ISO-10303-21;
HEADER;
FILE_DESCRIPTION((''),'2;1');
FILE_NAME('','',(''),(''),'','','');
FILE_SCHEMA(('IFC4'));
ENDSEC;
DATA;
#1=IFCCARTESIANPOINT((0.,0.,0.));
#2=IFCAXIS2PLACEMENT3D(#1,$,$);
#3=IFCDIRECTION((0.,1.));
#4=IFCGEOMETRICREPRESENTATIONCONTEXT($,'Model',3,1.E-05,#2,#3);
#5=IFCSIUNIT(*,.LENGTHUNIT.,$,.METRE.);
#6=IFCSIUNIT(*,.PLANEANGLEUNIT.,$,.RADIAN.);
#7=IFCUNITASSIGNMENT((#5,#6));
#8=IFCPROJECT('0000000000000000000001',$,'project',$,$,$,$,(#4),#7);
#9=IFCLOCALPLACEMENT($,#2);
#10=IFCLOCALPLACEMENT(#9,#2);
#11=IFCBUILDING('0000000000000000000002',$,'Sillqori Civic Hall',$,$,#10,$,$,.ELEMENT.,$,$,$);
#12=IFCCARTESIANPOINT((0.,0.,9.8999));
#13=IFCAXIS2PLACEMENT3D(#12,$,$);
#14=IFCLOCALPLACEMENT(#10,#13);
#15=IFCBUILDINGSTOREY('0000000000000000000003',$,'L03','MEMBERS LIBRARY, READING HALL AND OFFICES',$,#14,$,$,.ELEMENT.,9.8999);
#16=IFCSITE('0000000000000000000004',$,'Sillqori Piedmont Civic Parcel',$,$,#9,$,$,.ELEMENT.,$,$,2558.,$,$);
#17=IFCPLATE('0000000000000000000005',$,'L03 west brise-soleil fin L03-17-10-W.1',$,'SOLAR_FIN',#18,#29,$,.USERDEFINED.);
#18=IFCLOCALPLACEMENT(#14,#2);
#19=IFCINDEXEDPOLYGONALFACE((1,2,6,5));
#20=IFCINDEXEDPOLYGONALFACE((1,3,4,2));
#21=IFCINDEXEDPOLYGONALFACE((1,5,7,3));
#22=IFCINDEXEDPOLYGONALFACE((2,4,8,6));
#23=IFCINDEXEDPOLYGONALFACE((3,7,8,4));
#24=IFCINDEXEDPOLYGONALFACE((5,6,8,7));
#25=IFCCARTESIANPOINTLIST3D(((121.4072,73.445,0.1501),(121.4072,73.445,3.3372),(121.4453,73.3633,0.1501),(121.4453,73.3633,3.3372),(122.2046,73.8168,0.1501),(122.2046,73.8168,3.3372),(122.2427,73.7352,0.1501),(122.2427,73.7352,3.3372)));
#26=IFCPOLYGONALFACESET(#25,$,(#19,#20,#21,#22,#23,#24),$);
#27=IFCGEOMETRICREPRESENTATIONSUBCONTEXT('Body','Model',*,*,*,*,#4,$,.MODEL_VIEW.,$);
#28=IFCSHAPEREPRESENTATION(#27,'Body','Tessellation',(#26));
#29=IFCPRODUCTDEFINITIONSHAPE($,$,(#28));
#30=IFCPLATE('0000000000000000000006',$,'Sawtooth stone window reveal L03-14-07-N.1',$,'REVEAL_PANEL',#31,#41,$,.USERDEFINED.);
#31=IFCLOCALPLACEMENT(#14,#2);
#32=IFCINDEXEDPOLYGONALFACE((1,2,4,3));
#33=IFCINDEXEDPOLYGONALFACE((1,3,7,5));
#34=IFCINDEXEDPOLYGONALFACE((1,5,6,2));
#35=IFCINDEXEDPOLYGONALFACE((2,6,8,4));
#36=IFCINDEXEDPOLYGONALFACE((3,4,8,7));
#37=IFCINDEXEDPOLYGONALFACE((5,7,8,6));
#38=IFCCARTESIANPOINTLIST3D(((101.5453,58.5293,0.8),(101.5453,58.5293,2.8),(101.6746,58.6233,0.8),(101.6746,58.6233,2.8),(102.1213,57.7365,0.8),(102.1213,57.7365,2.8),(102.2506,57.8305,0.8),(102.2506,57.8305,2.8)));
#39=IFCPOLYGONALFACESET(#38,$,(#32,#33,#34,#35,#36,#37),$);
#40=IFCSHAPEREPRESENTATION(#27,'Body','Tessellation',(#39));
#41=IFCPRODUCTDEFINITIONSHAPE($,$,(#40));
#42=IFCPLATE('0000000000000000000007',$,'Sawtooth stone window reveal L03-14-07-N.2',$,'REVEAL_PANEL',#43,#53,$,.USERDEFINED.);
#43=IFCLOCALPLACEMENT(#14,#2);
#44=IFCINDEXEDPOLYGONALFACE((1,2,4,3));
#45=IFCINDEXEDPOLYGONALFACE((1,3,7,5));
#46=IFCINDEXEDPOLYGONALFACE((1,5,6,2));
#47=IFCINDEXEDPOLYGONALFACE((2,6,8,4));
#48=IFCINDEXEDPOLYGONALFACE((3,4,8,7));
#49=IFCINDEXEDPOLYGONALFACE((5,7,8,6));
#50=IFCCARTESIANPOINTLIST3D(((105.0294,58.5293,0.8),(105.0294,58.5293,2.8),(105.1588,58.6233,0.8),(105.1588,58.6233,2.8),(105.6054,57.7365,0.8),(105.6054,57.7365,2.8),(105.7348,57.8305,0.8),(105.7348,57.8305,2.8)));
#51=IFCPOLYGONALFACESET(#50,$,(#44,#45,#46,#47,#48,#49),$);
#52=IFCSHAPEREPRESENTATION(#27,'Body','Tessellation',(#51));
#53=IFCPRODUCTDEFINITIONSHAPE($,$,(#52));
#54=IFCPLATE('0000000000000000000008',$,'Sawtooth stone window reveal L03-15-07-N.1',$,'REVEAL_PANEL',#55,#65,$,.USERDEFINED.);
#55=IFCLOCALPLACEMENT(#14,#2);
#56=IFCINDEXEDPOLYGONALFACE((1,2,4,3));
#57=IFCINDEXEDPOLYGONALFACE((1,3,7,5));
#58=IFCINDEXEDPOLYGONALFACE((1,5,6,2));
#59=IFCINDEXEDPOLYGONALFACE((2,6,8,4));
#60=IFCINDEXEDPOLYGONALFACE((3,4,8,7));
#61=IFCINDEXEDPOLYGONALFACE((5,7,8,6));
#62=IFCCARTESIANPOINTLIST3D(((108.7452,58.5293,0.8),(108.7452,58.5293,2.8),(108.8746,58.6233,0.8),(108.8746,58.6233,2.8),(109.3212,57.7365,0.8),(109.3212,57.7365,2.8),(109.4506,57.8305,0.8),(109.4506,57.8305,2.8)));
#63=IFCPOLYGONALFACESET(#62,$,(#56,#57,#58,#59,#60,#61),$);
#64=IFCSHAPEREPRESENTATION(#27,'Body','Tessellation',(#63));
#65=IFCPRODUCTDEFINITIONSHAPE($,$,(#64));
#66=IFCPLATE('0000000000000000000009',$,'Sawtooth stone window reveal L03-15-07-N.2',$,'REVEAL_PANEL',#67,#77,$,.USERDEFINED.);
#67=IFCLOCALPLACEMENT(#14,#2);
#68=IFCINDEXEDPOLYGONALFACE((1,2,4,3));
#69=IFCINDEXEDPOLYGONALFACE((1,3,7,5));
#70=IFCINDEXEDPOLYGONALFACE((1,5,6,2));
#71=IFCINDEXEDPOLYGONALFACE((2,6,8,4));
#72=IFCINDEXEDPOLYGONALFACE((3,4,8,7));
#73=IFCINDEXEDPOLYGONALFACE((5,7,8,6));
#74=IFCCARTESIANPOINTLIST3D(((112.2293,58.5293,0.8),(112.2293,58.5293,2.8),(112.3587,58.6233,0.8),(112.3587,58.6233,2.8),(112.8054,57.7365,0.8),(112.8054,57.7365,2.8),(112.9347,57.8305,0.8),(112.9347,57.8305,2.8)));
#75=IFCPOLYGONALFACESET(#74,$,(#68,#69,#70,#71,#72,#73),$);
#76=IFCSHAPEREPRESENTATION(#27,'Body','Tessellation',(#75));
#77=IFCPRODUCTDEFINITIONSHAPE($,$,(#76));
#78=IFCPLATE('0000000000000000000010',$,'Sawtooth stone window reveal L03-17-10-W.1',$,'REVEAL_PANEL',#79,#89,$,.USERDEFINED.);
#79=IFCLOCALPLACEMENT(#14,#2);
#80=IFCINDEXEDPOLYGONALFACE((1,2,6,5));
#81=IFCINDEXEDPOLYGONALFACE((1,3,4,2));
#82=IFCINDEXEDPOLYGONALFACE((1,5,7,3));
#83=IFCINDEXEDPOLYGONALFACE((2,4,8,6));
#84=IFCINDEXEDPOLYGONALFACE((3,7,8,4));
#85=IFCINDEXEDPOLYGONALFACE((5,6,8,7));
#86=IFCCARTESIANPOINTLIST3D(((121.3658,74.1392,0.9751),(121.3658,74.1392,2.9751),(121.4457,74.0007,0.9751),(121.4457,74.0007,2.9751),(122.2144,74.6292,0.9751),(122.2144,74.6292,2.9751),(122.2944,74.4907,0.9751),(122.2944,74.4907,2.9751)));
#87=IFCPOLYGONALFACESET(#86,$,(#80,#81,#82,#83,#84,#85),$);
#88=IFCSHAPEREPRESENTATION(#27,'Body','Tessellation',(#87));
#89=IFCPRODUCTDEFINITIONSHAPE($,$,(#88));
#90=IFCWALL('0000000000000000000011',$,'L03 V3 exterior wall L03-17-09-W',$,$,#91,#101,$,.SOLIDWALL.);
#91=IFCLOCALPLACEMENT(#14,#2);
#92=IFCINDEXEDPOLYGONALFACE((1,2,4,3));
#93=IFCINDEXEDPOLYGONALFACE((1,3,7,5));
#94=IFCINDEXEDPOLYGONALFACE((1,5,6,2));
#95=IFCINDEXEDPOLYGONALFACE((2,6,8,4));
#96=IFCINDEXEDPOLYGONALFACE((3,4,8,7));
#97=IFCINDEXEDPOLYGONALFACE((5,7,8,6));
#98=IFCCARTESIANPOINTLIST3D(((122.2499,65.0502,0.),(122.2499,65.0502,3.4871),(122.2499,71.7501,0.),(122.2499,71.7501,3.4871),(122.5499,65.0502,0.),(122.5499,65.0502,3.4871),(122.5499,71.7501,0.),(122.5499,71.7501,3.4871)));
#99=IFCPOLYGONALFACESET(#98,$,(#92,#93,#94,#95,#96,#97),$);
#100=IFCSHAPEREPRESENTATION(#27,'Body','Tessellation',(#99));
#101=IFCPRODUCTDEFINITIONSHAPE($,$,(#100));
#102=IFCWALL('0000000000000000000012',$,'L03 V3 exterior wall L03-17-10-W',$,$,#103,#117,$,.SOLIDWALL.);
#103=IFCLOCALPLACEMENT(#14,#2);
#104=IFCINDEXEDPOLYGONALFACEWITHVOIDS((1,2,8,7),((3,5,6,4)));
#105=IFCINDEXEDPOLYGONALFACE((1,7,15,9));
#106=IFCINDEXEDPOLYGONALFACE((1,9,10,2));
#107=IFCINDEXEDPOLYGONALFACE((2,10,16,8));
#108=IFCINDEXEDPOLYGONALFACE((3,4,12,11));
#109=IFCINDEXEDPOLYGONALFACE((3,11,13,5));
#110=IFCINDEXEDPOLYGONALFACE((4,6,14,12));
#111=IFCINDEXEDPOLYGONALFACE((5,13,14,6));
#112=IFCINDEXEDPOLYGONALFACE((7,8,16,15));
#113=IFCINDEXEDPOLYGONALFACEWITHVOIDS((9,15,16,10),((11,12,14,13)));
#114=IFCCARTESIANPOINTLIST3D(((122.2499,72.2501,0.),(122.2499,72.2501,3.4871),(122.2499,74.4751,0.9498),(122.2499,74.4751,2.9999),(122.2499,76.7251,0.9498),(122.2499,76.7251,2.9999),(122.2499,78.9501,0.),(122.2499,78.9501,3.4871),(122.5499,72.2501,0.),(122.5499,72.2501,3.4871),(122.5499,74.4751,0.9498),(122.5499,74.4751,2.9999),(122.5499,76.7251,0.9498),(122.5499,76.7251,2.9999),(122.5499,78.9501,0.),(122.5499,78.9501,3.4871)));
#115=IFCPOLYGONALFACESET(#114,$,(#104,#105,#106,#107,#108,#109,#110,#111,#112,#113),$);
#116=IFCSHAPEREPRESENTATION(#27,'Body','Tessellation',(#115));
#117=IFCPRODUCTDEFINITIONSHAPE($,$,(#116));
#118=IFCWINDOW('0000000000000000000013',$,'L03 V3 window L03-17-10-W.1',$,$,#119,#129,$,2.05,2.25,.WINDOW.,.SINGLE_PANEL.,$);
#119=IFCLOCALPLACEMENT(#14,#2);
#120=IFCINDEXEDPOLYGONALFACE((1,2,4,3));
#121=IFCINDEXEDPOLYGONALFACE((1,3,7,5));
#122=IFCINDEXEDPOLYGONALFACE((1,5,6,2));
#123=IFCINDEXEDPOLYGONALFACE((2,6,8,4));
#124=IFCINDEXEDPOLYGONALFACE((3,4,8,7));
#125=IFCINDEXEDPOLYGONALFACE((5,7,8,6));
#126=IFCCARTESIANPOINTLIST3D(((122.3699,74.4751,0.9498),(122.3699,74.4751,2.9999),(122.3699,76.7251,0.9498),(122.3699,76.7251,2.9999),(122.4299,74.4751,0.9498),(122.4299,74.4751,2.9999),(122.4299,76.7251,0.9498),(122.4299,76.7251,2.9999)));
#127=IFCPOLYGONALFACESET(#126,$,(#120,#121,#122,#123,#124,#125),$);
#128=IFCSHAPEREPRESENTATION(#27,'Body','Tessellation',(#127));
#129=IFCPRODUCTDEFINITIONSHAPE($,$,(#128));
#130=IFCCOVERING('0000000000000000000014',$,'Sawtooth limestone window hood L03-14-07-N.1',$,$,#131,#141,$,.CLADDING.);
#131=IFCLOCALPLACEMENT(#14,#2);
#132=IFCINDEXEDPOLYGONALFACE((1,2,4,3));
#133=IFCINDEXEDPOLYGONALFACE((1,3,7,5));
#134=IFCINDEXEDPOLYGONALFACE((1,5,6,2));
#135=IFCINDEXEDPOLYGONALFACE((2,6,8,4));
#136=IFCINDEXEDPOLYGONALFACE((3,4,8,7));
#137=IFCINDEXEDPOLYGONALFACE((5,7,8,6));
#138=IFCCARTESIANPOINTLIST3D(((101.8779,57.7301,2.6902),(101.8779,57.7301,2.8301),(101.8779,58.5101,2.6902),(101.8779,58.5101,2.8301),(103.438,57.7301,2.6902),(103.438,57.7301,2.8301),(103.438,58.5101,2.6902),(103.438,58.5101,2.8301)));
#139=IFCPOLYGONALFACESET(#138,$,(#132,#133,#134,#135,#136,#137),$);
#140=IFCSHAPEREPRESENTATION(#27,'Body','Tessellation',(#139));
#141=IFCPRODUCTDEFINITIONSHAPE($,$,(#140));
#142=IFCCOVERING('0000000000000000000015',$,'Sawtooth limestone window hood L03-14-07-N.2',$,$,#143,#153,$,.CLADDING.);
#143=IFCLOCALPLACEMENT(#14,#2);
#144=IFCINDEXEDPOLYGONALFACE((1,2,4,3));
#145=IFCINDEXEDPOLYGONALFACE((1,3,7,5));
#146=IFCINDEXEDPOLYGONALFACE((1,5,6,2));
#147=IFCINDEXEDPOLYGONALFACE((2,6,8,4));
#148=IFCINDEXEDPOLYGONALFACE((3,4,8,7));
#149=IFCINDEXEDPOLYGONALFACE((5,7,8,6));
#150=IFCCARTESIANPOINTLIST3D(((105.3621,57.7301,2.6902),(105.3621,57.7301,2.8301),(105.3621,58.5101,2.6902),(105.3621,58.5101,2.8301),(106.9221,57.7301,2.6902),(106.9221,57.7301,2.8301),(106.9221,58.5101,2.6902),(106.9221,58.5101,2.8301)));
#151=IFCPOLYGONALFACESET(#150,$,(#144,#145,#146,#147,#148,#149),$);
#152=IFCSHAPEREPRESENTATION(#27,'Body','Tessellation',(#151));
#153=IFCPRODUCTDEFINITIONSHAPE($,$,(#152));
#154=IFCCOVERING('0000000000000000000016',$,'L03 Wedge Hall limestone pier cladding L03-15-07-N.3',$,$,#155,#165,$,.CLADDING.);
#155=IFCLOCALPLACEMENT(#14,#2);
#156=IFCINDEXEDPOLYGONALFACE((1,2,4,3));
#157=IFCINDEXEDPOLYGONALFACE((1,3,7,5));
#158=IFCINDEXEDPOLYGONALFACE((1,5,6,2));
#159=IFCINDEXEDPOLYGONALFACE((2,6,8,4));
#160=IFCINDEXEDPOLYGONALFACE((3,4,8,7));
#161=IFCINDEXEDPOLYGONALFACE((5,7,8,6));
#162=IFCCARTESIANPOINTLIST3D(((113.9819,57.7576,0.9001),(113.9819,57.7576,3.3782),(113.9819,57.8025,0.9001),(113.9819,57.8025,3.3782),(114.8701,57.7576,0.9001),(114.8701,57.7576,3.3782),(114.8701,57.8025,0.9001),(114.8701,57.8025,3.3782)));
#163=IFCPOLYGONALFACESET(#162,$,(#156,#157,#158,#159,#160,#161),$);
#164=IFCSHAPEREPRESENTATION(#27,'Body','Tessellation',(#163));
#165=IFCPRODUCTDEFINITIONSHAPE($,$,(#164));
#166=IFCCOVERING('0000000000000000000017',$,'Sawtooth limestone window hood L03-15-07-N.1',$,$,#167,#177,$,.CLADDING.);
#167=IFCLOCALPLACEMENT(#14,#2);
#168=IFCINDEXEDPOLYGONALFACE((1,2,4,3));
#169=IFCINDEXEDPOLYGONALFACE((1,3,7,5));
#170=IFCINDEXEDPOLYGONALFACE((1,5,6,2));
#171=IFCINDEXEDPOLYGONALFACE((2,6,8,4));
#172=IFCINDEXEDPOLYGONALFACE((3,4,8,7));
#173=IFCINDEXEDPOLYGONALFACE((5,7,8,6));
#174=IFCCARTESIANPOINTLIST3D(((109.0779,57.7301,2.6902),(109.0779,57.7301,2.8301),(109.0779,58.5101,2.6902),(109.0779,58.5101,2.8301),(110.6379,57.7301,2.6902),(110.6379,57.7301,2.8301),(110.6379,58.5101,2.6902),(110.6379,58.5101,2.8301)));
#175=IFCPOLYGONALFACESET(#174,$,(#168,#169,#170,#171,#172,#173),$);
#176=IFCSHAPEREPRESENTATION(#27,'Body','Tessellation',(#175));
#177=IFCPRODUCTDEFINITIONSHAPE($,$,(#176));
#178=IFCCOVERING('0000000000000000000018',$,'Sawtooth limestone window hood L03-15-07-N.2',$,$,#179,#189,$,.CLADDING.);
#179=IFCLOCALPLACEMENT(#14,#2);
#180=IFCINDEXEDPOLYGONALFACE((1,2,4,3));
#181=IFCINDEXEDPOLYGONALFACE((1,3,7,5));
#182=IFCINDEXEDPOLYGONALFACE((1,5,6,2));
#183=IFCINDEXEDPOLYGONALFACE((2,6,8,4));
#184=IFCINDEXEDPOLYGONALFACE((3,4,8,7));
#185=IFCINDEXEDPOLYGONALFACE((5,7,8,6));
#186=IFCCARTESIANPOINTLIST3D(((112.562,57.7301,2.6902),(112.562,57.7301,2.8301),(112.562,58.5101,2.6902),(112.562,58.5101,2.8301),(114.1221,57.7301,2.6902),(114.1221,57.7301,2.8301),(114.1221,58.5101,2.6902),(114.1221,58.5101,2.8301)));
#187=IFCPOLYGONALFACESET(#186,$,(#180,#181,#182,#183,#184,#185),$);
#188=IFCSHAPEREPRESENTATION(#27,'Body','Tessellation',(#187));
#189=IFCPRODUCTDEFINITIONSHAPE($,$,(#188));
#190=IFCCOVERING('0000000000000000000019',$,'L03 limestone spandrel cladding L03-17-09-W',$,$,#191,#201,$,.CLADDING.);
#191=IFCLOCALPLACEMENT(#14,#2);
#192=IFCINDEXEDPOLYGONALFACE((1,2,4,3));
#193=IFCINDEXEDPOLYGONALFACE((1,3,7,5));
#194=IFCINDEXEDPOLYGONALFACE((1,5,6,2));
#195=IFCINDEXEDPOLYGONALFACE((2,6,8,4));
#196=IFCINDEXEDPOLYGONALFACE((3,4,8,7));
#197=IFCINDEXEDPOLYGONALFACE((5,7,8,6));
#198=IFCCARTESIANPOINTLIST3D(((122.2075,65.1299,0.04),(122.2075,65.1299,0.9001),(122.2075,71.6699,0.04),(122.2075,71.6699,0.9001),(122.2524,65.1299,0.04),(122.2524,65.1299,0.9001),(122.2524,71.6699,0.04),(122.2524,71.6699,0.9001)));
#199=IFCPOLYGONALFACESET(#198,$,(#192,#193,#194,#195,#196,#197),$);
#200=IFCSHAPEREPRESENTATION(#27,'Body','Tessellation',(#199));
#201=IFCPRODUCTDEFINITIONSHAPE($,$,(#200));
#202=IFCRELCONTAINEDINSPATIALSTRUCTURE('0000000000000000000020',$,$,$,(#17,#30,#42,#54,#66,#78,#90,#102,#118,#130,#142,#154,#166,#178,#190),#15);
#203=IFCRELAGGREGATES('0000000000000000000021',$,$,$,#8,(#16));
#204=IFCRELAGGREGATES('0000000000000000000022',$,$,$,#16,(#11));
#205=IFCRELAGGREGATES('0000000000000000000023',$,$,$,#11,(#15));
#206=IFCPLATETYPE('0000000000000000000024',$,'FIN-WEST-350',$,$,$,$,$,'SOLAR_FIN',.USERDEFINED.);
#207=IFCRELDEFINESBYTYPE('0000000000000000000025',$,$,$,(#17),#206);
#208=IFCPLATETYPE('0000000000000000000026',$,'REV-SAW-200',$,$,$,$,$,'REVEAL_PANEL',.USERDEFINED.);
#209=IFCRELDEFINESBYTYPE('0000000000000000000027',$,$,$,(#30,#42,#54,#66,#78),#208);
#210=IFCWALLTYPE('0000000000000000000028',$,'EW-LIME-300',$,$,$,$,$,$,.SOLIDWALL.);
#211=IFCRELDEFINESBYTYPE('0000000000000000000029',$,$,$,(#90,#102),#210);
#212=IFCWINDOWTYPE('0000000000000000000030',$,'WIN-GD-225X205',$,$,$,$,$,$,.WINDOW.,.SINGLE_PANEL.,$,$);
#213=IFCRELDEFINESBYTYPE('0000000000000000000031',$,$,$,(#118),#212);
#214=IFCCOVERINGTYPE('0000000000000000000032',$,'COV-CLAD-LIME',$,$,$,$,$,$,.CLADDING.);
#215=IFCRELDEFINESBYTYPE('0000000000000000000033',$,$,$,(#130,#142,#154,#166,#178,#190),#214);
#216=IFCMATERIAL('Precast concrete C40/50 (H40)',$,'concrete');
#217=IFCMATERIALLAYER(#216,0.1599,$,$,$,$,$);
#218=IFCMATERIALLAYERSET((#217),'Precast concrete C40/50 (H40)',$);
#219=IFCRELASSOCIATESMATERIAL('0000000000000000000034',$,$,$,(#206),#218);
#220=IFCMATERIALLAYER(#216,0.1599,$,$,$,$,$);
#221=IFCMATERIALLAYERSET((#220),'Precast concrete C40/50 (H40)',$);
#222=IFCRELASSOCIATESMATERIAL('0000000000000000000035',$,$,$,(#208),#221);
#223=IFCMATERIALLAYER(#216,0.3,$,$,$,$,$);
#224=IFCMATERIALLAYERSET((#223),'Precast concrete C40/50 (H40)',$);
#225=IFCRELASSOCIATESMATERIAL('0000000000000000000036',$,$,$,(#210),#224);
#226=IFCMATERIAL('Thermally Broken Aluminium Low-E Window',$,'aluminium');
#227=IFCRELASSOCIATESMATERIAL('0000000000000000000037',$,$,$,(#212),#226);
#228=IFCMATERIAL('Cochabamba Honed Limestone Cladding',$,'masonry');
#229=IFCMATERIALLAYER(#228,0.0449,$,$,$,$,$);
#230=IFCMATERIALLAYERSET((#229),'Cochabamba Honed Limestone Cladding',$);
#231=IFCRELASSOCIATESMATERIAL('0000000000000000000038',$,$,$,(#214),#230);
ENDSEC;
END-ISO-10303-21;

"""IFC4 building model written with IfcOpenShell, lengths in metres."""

from ifc_helpers import new_model, si_unit, direction, frame, frame_2d, origin, origin_2d, place, context, subcontext, project, spatial, rectangle, extrude, material, layer, layer_set, type_object, element, fill, save


model = new_model("IFC4")

# Units and contexts
model_context = context("Model", 3, precision=1e-05, world=origin(), true_north=direction((0.0, 1.0)))
body_context = subcontext(model_context, "Body", "Model", "MODEL_VIEW")
ifc_project = project(units=[si_unit("LENGTHUNIT", "METRE"), si_unit("PLANEANGLEUNIT", "RADIAN")], contexts=[model_context])

# Site, building, storey
site_placement = place(None, origin())
site = spatial("IfcSite", under=ifc_project, at=site_placement, Name="Sillqori Piedmont Civic Parcel", CompositionType="ELEMENT", RefElevation=2558.0)
building_placement = place(site_placement, origin())
building = spatial("IfcBuilding", under=site, at=building_placement, Name="Sillqori Civic Hall", CompositionType="ELEMENT")
storey_placement = place(building_placement, frame((0.0, 0.0, 9.8999)))
storey = spatial("IfcBuildingStorey", under=building, at=storey_placement, Name="L03", Description="MEMBERS LIBRARY, READING HALL AND OFFICES", CompositionType="ELEMENT", Elevation=9.8999)

# Plates
ifc_material_1 = material(Name="Precast concrete C40/50 (H40)", Category="concrete")
ifc_layer_1 = layer(ifc_material_1, 0.1599)
ifc_layer_set_1 = layer_set([ifc_layer_1], Name="Precast concrete C40/50 (H40)")
plate_type_1 = type_object("IfcPlateType", Name="FIN-WEST-350", ElementType="SOLAR_FIN", PredefinedType="USERDEFINED", material=ifc_layer_set_1)
for number, where, z_axis, x_axis, name in (
    (1, (121.825, 73.5901, 0.1501), (0.0, 0.0, 1.0), (-0.422618, 0.906308, 0.0), "L03 west brise-soleil fin L03-17-10-W.1"),
):
    element("IfcPlate", number, at=place(storey_placement, frame(where, z_axis=z_axis, x_axis=x_axis)), inside=storey, type_object=plate_type_1, Name=name, ObjectType="SOLAR_FIN", PredefinedType="USERDEFINED", context=body_context, shape_type="SweptSolid", body=[
        extrude(rectangle(XDim=0.0901, YDim=0.8799, at=origin_2d()), origin(), (0.0, 0.0, 1.0), 3.187),
    ])
ifc_layer_2 = layer(ifc_material_1, 0.1599)
ifc_layer_set_2 = layer_set([ifc_layer_2], Name="Precast concrete C40/50 (H40)")
plate_type_2 = type_object("IfcPlateType", Name="REV-SAW-200", ElementType="REVEAL_PANEL", PredefinedType="USERDEFINED", material=ifc_layer_set_2)
for number, where, z_axis, x_axis, name in (
    (2, (101.8979, 58.1799, 0.8), (0.0, 0.0, 1.0), (0.809017, 0.587785, 0.0), "Sawtooth stone window reveal L03-14-07-N.1"),
    (3, (105.3821, 58.1799, 0.8), (0.0, 0.0, 1.0), (0.809017, 0.587785, 0.0), "Sawtooth stone window reveal L03-14-07-N.2"),
    (4, (109.0979, 58.1799, 0.8), (0.0, 0.0, 1.0), (0.809017, 0.587785, 0.0), "Sawtooth stone window reveal L03-15-07-N.1"),
    (5, (112.582, 58.1799, 0.8), (0.0, 0.0, 1.0), (0.809017, 0.587785, 0.0), "Sawtooth stone window reveal L03-15-07-N.2"),
    (6, (121.8301, 74.3149, 0.9751), (0.0, 0.0, 1.0), (-0.5, 0.866025, 0.0), "Sawtooth stone window reveal L03-17-10-W.1"),
):
    element("IfcPlate", number, at=place(storey_placement, frame(where, z_axis=z_axis, x_axis=x_axis)), inside=storey, type_object=plate_type_2, Name=name, ObjectType="REVEAL_PANEL", PredefinedType="USERDEFINED", context=body_context, shape_type="SweptSolid", body=[
        extrude(rectangle(XDim=0.1599, YDim=0.98, at=origin_2d()), origin(), (0.0, 0.0, 1.0), 2.0),
    ])

# Wall
ifc_layer_3 = layer(ifc_material_1, 0.3)
ifc_layer_set_3 = layer_set([ifc_layer_3], Name="Precast concrete C40/50 (H40)")
wall_type = type_object("IfcWallType", Name="EW-LIME-300", PredefinedType="SOLIDWALL", material=ifc_layer_set_3)
wall_1_placement = place(storey_placement, frame((122.3999, 65.05, 0.0), z_axis=(0.0, 0.0, 1.0), x_axis=(0.0, 1.0, 0.0)))
element("IfcWall", 7, at=wall_1_placement, inside=storey, type_object=wall_type, Name="L03 V3 exterior wall L03-17-09-W", PredefinedType="SOLIDWALL", context=body_context, shape_type="SweptSolid", body=[
    extrude(rectangle(XDim=6.7, YDim=0.3, at=frame_2d((3.3501, 0.0))), origin(), (0.0, 0.0, 1.0), 3.4871),
])

# Wall, opening, window
wall_2_placement = place(storey_placement, frame((122.3999, 72.25, 0.0), z_axis=(0.0, 0.0, 1.0), x_axis=(0.0, 1.0, 0.0)))
wall_2 = element("IfcWall", 8, at=wall_2_placement, inside=storey, type_object=wall_type, Name="L03 V3 exterior wall L03-17-10-W", PredefinedType="SOLIDWALL", context=body_context, shape_type="SweptSolid", body=[
    extrude(rectangle(XDim=6.7, YDim=0.3, at=frame_2d((3.3501, 0.0))), origin(), (0.0, 0.0, 1.0), 3.4871),
])
opening_placement = place(wall_2_placement, frame((2.2251, 0.0, 0.95)))
opening = element("IfcOpeningElement", 9, at=opening_placement, cuts=wall_2, PredefinedType="OPENING", context=body_context, shape_type="SweptSolid", body=[
    extrude(rectangle(XDim=2.25, YDim=2.05, at=frame_2d((1.125, 1.0249))), frame((0.0, 0.1599, 0.0), z_axis=(0.0, -1.0, 0.0), x_axis=(1.0, 0.0, 0.0)), (0.0, 0.0, 1.0), 0.3201),
])
ifc_material_2 = material(Name="Thermally Broken Aluminium Low-E Window", Category="aluminium")
window_type = type_object("IfcWindowType", Name="WIN-GD-225X205", PartitioningType="SINGLE_PANEL", PredefinedType="WINDOW", material=ifc_material_2)
window_placement = place(opening_placement, origin())
window = element("IfcWindow", 10, at=window_placement, inside=storey, type_object=window_type, Name="L03 V3 window L03-17-10-W.1", OverallHeight=2.05, OverallWidth=2.25, PartitioningType="SINGLE_PANEL", PredefinedType="WINDOW", context=body_context, shape_type="SweptSolid", body=[
    extrude(rectangle(XDim=2.25, YDim=2.05, at=frame_2d((1.125, 1.0249))), frame((0.0, 0.03, 0.0), z_axis=(0.0, -1.0, 0.0), x_axis=(1.0, 0.0, 0.0)), (0.0, 0.0, 1.0), 0.0601),
])
fill(opening, window)

# Coverings
ifc_material_3 = material(Name="Cochabamba Honed Limestone Cladding", Category="masonry")
ifc_layer_4 = layer(ifc_material_3, 0.0449)
ifc_layer_set_4 = layer_set([ifc_layer_4], Name="Cochabamba Honed Limestone Cladding")
covering_type = type_object("IfcCoveringType", Name="COV-CLAD-LIME", PredefinedType="CLADDING", material=ifc_layer_set_4)
for number, where, z_axis, x_axis, name in (
    (11, (101.8779, 58.1201, 2.6902), (0.0, 0.0, 1.0), (1.0, 0.0, 0.0), "Sawtooth limestone window hood L03-14-07-N.1"),
    (12, (105.3621, 58.1201, 2.6902), (0.0, 0.0, 1.0), (1.0, 0.0, 0.0), "Sawtooth limestone window hood L03-14-07-N.2"),
):
    element("IfcCovering", number, at=place(storey_placement, frame(where, z_axis=z_axis, x_axis=x_axis)), inside=storey, type_object=covering_type, Name=name, PredefinedType="CLADDING", context=body_context, shape_type="SweptSolid", body=[
        extrude(rectangle(XDim=1.5601, YDim=0.78, at=frame_2d((0.78, 0.0))), origin(), (0.0, 0.0, 1.0), 0.1399),
    ])
covering_1_placement = place(storey_placement, frame((113.9819, 57.78, 0.9001), z_axis=(0.0, 0.0, 1.0), x_axis=(1.0, 0.0, 0.0)))
element("IfcCovering", 13, at=covering_1_placement, inside=storey, type_object=covering_type, Name="L03 Wedge Hall limestone pier cladding L03-15-07-N.3", PredefinedType="CLADDING", context=body_context, shape_type="SweptSolid", body=[
    extrude(rectangle(XDim=0.8882, YDim=0.0449, at=frame_2d((0.4441, 0.0))), origin(), (0.0, 0.0, 1.0), 2.478),
])
for number, where, z_axis, x_axis, name in (
    (14, (109.0779, 58.1201, 2.6902), (0.0, 0.0, 1.0), (1.0, 0.0, 0.0), "Sawtooth limestone window hood L03-15-07-N.1"),
    (15, (112.562, 58.1201, 2.6902), (0.0, 0.0, 1.0), (1.0, 0.0, 0.0), "Sawtooth limestone window hood L03-15-07-N.2"),
):
    element("IfcCovering", number, at=place(storey_placement, frame(where, z_axis=z_axis, x_axis=x_axis)), inside=storey, type_object=covering_type, Name=name, PredefinedType="CLADDING", context=body_context, shape_type="SweptSolid", body=[
        extrude(rectangle(XDim=1.5601, YDim=0.78, at=frame_2d((0.78, 0.0))), origin(), (0.0, 0.0, 1.0), 0.1399),
    ])
covering_2_placement = place(storey_placement, frame((122.23, 65.1299, 0.04), z_axis=(0.0, 0.0, 1.0), x_axis=(0.0, 1.0, 0.0)))
element("IfcCovering", 16, at=covering_2_placement, inside=storey, type_object=covering_type, Name="L03 limestone spandrel cladding L03-17-09-W", PredefinedType="CLADDING", context=body_context, shape_type="SweptSolid", body=[
    extrude(rectangle(XDim=6.54, YDim=0.0449, at=frame_2d((3.27, 0.0))), origin(), (0.0, 0.0, 1.0), 0.8601),
])

save(model, "model.ifc")
